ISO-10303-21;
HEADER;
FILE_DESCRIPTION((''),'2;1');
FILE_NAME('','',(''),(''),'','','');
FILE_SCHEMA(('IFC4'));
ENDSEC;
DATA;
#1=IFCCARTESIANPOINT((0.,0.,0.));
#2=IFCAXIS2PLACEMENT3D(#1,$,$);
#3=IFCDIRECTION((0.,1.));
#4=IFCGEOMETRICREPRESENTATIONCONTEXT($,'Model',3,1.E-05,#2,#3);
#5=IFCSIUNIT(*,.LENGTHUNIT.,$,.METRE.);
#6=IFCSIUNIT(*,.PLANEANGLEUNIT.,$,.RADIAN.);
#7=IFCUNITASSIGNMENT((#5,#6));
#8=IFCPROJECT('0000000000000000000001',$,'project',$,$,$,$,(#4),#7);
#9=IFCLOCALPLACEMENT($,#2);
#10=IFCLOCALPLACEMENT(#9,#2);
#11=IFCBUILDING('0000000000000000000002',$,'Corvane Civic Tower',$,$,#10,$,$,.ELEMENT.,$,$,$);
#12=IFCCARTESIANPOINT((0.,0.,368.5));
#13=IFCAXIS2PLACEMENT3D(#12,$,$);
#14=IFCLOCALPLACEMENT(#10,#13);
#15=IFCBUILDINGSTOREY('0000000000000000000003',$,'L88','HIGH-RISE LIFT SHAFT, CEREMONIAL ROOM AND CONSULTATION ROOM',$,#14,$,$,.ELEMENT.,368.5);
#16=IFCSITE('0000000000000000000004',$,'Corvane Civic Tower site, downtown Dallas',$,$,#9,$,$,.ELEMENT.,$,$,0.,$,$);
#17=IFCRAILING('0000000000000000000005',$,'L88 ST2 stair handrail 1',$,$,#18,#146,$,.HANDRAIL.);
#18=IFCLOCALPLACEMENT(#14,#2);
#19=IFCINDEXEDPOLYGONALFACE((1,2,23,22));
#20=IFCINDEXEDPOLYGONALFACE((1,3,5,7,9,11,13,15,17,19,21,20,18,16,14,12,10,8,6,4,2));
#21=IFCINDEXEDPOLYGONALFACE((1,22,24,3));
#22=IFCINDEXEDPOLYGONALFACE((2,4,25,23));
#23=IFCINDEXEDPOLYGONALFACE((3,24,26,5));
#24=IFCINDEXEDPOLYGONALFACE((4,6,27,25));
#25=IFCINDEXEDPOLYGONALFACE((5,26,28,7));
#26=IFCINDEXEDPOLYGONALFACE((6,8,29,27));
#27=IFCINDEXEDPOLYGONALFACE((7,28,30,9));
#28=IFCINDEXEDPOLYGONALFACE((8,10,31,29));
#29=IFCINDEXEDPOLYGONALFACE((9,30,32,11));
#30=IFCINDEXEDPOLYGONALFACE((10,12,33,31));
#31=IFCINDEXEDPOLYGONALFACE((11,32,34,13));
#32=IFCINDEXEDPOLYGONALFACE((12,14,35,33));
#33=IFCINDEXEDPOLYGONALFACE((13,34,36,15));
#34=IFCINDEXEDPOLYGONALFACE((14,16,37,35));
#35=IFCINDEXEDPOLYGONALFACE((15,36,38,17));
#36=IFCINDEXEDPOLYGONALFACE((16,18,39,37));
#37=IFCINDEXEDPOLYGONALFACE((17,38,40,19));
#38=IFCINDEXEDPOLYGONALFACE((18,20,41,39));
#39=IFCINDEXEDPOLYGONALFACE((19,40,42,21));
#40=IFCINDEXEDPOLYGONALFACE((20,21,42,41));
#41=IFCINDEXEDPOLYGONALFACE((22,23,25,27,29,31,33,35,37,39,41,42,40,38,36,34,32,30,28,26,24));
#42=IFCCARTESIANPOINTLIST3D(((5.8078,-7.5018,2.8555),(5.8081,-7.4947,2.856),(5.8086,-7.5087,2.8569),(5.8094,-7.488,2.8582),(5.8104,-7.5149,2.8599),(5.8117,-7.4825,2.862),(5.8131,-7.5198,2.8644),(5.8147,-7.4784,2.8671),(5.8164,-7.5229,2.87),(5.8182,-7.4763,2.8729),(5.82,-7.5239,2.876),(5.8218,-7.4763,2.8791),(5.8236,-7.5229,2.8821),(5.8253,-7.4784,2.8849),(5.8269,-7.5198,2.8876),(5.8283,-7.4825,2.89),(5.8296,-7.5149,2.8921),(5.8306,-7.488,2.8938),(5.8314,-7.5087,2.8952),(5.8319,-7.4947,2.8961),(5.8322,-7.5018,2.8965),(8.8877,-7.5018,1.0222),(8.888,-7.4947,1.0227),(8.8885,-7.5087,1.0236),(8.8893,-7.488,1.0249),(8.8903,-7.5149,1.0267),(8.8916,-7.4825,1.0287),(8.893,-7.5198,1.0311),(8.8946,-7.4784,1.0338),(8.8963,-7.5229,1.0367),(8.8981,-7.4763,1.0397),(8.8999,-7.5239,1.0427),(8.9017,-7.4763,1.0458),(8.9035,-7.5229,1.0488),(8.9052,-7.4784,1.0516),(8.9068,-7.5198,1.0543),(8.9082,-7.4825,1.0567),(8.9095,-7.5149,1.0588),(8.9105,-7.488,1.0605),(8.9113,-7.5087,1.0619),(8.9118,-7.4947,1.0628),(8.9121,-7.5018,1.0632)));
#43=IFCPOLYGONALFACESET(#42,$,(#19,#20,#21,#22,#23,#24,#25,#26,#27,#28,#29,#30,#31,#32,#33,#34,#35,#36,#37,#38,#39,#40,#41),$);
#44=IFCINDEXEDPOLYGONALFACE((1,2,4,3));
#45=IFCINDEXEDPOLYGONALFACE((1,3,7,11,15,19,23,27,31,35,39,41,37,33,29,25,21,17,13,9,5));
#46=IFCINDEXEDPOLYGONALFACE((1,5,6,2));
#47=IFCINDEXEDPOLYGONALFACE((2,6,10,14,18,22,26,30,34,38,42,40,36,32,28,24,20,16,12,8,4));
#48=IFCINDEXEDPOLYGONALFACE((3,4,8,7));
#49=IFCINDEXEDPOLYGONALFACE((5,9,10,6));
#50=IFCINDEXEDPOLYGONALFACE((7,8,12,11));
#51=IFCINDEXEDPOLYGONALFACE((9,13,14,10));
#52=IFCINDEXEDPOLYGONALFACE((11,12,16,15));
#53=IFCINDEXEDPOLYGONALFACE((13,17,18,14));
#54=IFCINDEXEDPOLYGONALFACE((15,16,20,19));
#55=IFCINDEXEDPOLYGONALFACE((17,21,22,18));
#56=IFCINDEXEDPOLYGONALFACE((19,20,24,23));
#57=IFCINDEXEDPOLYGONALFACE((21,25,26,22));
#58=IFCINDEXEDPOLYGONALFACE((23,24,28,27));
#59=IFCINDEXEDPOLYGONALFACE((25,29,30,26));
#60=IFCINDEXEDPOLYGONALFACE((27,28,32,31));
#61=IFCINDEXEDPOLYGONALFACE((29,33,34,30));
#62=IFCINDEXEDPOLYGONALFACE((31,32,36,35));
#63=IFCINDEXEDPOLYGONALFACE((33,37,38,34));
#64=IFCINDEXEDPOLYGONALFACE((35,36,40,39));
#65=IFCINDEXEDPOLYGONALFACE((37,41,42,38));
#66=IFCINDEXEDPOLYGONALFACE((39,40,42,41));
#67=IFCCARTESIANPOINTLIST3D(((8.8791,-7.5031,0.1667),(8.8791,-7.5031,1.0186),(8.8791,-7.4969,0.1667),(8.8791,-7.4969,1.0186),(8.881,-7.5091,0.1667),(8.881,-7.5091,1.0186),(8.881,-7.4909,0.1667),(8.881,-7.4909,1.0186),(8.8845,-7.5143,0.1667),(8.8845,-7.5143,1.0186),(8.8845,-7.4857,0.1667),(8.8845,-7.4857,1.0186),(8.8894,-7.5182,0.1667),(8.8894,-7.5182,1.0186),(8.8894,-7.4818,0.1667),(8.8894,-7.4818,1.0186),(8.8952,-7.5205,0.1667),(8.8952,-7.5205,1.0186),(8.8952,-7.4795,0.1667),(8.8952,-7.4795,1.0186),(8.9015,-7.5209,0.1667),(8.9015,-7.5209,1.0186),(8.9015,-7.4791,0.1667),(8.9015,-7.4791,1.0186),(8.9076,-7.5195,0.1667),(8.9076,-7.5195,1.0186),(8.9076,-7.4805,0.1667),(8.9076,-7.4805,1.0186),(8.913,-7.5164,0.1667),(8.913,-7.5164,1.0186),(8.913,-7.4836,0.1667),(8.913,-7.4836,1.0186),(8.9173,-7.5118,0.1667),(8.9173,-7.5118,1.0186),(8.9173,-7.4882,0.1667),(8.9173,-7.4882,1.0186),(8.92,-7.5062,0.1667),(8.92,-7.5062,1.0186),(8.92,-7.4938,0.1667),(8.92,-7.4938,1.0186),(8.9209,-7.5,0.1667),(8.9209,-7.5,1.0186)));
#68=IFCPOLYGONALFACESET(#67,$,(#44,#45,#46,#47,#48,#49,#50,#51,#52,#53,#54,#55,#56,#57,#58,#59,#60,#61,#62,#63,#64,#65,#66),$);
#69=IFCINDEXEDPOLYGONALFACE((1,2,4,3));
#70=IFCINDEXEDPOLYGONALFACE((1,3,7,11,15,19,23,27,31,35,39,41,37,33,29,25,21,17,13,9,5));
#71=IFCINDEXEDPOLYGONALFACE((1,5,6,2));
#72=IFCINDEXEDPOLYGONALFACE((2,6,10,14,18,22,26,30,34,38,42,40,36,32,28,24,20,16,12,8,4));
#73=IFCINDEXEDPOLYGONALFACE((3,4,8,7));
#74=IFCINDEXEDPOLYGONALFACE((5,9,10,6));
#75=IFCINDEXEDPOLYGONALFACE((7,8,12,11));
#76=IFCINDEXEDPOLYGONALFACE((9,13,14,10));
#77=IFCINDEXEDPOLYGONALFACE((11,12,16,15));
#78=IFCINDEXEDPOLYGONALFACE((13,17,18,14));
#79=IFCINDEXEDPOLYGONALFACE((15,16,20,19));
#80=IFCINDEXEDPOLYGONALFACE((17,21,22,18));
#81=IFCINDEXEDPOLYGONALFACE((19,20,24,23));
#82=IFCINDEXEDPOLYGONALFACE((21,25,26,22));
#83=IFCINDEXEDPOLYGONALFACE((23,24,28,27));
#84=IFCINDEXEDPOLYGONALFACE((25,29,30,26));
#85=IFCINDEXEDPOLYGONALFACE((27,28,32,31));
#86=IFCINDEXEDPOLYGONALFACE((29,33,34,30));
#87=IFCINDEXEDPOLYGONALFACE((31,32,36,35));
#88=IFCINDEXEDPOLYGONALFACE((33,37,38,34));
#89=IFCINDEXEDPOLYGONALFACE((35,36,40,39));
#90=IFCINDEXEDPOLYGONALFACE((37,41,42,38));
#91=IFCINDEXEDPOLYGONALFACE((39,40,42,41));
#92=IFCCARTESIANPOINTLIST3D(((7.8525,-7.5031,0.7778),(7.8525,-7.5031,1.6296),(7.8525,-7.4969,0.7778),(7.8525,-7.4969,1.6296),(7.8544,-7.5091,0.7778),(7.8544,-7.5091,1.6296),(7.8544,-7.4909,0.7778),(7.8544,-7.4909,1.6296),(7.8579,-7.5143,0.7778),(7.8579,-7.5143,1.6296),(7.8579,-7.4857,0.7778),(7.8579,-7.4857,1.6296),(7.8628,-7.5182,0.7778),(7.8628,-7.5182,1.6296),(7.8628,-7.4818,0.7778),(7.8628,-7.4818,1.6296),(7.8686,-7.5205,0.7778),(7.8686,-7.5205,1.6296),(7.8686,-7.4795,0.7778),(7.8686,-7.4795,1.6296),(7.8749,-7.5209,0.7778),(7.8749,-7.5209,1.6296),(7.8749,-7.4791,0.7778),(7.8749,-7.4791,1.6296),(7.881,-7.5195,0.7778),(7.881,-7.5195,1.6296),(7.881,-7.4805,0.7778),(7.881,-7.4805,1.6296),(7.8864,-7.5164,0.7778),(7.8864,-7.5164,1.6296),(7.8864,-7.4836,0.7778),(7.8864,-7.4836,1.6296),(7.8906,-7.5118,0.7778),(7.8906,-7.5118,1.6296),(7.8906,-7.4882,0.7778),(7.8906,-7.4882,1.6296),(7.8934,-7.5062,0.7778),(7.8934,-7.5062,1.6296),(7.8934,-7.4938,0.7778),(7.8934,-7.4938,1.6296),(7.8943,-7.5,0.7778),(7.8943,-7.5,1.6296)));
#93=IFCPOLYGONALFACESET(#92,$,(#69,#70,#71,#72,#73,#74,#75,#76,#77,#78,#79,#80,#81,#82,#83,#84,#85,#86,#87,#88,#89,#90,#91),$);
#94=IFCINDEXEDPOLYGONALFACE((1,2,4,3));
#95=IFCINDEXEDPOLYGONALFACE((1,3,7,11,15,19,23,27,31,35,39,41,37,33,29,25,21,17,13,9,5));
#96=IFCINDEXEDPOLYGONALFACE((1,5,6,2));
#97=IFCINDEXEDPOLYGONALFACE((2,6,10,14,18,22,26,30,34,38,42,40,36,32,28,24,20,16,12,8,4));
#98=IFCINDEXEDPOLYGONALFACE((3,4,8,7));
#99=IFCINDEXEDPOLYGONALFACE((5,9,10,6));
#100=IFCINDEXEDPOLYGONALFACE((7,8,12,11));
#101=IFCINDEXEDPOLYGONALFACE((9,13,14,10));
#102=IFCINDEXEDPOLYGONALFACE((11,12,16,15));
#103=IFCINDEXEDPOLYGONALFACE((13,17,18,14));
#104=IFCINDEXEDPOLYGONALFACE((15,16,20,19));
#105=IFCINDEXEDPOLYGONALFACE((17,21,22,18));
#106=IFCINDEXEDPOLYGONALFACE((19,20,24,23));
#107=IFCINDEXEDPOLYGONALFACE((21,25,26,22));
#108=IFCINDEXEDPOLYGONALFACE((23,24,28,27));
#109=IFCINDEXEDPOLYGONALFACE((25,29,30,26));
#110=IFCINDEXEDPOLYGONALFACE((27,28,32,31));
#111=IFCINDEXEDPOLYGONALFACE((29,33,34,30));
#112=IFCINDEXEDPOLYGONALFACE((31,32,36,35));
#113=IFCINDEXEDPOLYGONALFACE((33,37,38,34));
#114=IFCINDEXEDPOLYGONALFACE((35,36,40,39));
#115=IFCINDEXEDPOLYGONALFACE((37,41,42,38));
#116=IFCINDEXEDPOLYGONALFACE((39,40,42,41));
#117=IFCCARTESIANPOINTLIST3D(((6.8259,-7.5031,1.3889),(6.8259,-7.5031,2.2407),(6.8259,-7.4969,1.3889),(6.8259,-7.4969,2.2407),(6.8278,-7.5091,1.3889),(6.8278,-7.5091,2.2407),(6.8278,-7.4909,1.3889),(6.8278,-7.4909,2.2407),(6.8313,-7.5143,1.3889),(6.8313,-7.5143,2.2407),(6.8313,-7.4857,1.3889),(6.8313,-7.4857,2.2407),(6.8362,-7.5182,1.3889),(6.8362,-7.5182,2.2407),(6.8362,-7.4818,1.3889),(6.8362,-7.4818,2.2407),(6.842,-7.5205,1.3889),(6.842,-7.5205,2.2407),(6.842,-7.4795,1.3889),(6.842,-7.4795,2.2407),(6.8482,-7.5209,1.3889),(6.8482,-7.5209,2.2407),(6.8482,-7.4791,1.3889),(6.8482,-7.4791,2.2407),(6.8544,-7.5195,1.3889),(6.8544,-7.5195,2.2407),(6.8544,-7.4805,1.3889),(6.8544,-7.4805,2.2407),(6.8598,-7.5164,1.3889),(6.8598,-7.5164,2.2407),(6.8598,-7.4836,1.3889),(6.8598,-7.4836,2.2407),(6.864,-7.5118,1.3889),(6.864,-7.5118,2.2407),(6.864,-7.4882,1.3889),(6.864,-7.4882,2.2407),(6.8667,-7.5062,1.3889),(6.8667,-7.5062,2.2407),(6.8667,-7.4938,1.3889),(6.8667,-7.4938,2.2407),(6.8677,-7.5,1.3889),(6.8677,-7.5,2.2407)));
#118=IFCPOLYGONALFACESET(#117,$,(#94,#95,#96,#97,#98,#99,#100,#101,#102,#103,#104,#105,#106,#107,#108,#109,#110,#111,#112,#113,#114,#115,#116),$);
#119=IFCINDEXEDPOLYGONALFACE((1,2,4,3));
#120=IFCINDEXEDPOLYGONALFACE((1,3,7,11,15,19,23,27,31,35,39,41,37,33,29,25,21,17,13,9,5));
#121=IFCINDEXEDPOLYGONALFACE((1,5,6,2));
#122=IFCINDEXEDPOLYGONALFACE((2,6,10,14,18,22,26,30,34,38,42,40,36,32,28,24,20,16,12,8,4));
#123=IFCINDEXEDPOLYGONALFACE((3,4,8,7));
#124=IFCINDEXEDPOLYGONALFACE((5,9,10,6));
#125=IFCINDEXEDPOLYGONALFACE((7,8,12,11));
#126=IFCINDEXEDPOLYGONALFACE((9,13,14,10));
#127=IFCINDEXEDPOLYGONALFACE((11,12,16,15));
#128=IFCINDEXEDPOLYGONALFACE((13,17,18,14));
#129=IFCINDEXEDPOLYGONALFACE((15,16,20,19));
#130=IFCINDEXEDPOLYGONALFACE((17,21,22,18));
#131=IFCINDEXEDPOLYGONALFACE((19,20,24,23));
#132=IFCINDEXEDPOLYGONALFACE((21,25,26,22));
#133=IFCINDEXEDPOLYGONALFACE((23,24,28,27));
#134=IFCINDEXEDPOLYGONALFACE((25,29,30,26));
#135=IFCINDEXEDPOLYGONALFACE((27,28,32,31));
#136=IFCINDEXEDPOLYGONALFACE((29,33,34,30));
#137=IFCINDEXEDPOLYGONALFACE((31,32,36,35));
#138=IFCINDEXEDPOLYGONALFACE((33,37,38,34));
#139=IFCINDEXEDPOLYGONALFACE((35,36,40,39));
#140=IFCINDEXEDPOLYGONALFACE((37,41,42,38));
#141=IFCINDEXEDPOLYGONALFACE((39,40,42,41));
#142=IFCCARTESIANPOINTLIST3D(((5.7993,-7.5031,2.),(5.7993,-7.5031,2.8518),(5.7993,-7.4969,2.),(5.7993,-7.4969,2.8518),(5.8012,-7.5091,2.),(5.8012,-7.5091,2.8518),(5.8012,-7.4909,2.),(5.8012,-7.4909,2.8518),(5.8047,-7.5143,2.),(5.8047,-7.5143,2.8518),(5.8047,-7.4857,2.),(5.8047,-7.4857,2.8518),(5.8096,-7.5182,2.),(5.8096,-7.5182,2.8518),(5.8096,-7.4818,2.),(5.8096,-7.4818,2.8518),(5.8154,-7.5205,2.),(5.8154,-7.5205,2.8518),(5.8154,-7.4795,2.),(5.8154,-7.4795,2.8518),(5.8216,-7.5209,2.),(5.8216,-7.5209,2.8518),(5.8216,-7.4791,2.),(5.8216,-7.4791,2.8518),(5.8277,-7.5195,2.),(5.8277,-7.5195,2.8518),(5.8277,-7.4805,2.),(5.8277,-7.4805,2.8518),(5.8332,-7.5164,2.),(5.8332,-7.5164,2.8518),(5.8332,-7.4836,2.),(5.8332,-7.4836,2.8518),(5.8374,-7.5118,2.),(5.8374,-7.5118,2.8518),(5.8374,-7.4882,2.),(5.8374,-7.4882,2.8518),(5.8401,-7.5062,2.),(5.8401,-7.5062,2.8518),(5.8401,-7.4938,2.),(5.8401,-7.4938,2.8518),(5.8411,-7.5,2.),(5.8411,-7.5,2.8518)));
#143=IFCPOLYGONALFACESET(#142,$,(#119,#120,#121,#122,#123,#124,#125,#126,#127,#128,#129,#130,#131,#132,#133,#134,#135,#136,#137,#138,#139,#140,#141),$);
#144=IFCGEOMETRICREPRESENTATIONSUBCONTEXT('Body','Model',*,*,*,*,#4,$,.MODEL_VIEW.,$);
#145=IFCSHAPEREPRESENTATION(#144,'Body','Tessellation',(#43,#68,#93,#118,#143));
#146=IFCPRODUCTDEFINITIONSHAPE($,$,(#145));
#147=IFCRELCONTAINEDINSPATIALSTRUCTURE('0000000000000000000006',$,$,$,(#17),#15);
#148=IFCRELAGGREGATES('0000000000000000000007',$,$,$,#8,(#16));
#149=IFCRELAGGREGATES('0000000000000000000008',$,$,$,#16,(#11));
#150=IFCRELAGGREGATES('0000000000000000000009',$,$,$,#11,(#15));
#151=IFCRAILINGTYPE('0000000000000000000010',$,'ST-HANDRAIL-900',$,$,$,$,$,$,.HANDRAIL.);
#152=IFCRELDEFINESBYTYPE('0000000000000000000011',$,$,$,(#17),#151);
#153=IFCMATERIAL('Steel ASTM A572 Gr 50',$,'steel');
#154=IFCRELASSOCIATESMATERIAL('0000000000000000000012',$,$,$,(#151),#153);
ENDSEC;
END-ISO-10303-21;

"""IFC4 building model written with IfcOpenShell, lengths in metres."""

from ifc_helpers import new_model, si_unit, direction, frame, origin, origin_2d, place, context, subcontext, project, spatial, circle, extrude, material, type_object, element, save


model = new_model("IFC4")

# Units and contexts
model_context = context("Model", 3, precision=1e-05, world=origin(), true_north=direction((0.0, 1.0)))
body_context = subcontext(model_context, "Body", "Model", "MODEL_VIEW")
ifc_project = project(units=[si_unit("LENGTHUNIT", "METRE"), si_unit("PLANEANGLEUNIT", "RADIAN")], contexts=[model_context])

# Site, building, storey
site_placement = place(None, origin())
site = spatial("IfcSite", under=ifc_project, at=site_placement, Name="Corvane Civic Tower site, downtown Dallas", CompositionType="ELEMENT", RefElevation=0.0)
building_placement = place(site_placement, origin())
building = spatial("IfcBuilding", under=site, at=building_placement, Name="Corvane Civic Tower", CompositionType="ELEMENT")
storey_placement = place(building_placement, frame((0.0, 0.0, 368.5)))
storey = spatial("IfcBuildingStorey", under=building, at=storey_placement, Name="L88", Description="HIGH-RISE LIFT SHAFT, CEREMONIAL ROOM AND CONSULTATION ROOM", CompositionType="ELEMENT", Elevation=368.5)

# Railing
ifc_material_1 = material(Name="Steel ASTM A572 Gr 50", Category="steel")
railing_type_1 = type_object("IfcRailingType", Name="ST-HANDRAIL-900", PredefinedType="HANDRAIL", material=ifc_material_1)
railing_1_placement = place(storey_placement, frame((8.8999, -7.5, 0.1667)))
element("IfcRailing", 1, at=railing_1_placement, inside=storey, type_object=railing_type_1, Name="L88 ST2 stair handrail 1", PredefinedType="HANDRAIL", context=body_context, shape_type="SweptSolid", body=[
    extrude(circle(Radius=0.0239, at=origin_2d()), frame((0.0, 0.0, 0.876), z_axis=(-0.859291, 0.0, 0.511487), x_axis=(0.0, -1.0, 0.0)), (0.0, 0.0, 1.0), 3.5842),
    extrude(circle(Radius=0.021, at=origin_2d()), origin(), (0.0, 0.0, 1.0), 0.8518),
    extrude(circle(Radius=0.021, at=origin_2d()), frame((-1.0266, 0.0, 0.6111)), (0.0, 0.0, 1.0), 0.8518),
    extrude(circle(Radius=0.021, at=origin_2d()), frame((-2.0532, 0.0, 1.2222)), (0.0, 0.0, 1.0), 0.8518),
    extrude(circle(Radius=0.021, at=origin_2d()), frame((-3.0798, 0.0, 1.8333)), (0.0, 0.0, 1.0), 0.8518),
])

save(model, "model.ifc")
